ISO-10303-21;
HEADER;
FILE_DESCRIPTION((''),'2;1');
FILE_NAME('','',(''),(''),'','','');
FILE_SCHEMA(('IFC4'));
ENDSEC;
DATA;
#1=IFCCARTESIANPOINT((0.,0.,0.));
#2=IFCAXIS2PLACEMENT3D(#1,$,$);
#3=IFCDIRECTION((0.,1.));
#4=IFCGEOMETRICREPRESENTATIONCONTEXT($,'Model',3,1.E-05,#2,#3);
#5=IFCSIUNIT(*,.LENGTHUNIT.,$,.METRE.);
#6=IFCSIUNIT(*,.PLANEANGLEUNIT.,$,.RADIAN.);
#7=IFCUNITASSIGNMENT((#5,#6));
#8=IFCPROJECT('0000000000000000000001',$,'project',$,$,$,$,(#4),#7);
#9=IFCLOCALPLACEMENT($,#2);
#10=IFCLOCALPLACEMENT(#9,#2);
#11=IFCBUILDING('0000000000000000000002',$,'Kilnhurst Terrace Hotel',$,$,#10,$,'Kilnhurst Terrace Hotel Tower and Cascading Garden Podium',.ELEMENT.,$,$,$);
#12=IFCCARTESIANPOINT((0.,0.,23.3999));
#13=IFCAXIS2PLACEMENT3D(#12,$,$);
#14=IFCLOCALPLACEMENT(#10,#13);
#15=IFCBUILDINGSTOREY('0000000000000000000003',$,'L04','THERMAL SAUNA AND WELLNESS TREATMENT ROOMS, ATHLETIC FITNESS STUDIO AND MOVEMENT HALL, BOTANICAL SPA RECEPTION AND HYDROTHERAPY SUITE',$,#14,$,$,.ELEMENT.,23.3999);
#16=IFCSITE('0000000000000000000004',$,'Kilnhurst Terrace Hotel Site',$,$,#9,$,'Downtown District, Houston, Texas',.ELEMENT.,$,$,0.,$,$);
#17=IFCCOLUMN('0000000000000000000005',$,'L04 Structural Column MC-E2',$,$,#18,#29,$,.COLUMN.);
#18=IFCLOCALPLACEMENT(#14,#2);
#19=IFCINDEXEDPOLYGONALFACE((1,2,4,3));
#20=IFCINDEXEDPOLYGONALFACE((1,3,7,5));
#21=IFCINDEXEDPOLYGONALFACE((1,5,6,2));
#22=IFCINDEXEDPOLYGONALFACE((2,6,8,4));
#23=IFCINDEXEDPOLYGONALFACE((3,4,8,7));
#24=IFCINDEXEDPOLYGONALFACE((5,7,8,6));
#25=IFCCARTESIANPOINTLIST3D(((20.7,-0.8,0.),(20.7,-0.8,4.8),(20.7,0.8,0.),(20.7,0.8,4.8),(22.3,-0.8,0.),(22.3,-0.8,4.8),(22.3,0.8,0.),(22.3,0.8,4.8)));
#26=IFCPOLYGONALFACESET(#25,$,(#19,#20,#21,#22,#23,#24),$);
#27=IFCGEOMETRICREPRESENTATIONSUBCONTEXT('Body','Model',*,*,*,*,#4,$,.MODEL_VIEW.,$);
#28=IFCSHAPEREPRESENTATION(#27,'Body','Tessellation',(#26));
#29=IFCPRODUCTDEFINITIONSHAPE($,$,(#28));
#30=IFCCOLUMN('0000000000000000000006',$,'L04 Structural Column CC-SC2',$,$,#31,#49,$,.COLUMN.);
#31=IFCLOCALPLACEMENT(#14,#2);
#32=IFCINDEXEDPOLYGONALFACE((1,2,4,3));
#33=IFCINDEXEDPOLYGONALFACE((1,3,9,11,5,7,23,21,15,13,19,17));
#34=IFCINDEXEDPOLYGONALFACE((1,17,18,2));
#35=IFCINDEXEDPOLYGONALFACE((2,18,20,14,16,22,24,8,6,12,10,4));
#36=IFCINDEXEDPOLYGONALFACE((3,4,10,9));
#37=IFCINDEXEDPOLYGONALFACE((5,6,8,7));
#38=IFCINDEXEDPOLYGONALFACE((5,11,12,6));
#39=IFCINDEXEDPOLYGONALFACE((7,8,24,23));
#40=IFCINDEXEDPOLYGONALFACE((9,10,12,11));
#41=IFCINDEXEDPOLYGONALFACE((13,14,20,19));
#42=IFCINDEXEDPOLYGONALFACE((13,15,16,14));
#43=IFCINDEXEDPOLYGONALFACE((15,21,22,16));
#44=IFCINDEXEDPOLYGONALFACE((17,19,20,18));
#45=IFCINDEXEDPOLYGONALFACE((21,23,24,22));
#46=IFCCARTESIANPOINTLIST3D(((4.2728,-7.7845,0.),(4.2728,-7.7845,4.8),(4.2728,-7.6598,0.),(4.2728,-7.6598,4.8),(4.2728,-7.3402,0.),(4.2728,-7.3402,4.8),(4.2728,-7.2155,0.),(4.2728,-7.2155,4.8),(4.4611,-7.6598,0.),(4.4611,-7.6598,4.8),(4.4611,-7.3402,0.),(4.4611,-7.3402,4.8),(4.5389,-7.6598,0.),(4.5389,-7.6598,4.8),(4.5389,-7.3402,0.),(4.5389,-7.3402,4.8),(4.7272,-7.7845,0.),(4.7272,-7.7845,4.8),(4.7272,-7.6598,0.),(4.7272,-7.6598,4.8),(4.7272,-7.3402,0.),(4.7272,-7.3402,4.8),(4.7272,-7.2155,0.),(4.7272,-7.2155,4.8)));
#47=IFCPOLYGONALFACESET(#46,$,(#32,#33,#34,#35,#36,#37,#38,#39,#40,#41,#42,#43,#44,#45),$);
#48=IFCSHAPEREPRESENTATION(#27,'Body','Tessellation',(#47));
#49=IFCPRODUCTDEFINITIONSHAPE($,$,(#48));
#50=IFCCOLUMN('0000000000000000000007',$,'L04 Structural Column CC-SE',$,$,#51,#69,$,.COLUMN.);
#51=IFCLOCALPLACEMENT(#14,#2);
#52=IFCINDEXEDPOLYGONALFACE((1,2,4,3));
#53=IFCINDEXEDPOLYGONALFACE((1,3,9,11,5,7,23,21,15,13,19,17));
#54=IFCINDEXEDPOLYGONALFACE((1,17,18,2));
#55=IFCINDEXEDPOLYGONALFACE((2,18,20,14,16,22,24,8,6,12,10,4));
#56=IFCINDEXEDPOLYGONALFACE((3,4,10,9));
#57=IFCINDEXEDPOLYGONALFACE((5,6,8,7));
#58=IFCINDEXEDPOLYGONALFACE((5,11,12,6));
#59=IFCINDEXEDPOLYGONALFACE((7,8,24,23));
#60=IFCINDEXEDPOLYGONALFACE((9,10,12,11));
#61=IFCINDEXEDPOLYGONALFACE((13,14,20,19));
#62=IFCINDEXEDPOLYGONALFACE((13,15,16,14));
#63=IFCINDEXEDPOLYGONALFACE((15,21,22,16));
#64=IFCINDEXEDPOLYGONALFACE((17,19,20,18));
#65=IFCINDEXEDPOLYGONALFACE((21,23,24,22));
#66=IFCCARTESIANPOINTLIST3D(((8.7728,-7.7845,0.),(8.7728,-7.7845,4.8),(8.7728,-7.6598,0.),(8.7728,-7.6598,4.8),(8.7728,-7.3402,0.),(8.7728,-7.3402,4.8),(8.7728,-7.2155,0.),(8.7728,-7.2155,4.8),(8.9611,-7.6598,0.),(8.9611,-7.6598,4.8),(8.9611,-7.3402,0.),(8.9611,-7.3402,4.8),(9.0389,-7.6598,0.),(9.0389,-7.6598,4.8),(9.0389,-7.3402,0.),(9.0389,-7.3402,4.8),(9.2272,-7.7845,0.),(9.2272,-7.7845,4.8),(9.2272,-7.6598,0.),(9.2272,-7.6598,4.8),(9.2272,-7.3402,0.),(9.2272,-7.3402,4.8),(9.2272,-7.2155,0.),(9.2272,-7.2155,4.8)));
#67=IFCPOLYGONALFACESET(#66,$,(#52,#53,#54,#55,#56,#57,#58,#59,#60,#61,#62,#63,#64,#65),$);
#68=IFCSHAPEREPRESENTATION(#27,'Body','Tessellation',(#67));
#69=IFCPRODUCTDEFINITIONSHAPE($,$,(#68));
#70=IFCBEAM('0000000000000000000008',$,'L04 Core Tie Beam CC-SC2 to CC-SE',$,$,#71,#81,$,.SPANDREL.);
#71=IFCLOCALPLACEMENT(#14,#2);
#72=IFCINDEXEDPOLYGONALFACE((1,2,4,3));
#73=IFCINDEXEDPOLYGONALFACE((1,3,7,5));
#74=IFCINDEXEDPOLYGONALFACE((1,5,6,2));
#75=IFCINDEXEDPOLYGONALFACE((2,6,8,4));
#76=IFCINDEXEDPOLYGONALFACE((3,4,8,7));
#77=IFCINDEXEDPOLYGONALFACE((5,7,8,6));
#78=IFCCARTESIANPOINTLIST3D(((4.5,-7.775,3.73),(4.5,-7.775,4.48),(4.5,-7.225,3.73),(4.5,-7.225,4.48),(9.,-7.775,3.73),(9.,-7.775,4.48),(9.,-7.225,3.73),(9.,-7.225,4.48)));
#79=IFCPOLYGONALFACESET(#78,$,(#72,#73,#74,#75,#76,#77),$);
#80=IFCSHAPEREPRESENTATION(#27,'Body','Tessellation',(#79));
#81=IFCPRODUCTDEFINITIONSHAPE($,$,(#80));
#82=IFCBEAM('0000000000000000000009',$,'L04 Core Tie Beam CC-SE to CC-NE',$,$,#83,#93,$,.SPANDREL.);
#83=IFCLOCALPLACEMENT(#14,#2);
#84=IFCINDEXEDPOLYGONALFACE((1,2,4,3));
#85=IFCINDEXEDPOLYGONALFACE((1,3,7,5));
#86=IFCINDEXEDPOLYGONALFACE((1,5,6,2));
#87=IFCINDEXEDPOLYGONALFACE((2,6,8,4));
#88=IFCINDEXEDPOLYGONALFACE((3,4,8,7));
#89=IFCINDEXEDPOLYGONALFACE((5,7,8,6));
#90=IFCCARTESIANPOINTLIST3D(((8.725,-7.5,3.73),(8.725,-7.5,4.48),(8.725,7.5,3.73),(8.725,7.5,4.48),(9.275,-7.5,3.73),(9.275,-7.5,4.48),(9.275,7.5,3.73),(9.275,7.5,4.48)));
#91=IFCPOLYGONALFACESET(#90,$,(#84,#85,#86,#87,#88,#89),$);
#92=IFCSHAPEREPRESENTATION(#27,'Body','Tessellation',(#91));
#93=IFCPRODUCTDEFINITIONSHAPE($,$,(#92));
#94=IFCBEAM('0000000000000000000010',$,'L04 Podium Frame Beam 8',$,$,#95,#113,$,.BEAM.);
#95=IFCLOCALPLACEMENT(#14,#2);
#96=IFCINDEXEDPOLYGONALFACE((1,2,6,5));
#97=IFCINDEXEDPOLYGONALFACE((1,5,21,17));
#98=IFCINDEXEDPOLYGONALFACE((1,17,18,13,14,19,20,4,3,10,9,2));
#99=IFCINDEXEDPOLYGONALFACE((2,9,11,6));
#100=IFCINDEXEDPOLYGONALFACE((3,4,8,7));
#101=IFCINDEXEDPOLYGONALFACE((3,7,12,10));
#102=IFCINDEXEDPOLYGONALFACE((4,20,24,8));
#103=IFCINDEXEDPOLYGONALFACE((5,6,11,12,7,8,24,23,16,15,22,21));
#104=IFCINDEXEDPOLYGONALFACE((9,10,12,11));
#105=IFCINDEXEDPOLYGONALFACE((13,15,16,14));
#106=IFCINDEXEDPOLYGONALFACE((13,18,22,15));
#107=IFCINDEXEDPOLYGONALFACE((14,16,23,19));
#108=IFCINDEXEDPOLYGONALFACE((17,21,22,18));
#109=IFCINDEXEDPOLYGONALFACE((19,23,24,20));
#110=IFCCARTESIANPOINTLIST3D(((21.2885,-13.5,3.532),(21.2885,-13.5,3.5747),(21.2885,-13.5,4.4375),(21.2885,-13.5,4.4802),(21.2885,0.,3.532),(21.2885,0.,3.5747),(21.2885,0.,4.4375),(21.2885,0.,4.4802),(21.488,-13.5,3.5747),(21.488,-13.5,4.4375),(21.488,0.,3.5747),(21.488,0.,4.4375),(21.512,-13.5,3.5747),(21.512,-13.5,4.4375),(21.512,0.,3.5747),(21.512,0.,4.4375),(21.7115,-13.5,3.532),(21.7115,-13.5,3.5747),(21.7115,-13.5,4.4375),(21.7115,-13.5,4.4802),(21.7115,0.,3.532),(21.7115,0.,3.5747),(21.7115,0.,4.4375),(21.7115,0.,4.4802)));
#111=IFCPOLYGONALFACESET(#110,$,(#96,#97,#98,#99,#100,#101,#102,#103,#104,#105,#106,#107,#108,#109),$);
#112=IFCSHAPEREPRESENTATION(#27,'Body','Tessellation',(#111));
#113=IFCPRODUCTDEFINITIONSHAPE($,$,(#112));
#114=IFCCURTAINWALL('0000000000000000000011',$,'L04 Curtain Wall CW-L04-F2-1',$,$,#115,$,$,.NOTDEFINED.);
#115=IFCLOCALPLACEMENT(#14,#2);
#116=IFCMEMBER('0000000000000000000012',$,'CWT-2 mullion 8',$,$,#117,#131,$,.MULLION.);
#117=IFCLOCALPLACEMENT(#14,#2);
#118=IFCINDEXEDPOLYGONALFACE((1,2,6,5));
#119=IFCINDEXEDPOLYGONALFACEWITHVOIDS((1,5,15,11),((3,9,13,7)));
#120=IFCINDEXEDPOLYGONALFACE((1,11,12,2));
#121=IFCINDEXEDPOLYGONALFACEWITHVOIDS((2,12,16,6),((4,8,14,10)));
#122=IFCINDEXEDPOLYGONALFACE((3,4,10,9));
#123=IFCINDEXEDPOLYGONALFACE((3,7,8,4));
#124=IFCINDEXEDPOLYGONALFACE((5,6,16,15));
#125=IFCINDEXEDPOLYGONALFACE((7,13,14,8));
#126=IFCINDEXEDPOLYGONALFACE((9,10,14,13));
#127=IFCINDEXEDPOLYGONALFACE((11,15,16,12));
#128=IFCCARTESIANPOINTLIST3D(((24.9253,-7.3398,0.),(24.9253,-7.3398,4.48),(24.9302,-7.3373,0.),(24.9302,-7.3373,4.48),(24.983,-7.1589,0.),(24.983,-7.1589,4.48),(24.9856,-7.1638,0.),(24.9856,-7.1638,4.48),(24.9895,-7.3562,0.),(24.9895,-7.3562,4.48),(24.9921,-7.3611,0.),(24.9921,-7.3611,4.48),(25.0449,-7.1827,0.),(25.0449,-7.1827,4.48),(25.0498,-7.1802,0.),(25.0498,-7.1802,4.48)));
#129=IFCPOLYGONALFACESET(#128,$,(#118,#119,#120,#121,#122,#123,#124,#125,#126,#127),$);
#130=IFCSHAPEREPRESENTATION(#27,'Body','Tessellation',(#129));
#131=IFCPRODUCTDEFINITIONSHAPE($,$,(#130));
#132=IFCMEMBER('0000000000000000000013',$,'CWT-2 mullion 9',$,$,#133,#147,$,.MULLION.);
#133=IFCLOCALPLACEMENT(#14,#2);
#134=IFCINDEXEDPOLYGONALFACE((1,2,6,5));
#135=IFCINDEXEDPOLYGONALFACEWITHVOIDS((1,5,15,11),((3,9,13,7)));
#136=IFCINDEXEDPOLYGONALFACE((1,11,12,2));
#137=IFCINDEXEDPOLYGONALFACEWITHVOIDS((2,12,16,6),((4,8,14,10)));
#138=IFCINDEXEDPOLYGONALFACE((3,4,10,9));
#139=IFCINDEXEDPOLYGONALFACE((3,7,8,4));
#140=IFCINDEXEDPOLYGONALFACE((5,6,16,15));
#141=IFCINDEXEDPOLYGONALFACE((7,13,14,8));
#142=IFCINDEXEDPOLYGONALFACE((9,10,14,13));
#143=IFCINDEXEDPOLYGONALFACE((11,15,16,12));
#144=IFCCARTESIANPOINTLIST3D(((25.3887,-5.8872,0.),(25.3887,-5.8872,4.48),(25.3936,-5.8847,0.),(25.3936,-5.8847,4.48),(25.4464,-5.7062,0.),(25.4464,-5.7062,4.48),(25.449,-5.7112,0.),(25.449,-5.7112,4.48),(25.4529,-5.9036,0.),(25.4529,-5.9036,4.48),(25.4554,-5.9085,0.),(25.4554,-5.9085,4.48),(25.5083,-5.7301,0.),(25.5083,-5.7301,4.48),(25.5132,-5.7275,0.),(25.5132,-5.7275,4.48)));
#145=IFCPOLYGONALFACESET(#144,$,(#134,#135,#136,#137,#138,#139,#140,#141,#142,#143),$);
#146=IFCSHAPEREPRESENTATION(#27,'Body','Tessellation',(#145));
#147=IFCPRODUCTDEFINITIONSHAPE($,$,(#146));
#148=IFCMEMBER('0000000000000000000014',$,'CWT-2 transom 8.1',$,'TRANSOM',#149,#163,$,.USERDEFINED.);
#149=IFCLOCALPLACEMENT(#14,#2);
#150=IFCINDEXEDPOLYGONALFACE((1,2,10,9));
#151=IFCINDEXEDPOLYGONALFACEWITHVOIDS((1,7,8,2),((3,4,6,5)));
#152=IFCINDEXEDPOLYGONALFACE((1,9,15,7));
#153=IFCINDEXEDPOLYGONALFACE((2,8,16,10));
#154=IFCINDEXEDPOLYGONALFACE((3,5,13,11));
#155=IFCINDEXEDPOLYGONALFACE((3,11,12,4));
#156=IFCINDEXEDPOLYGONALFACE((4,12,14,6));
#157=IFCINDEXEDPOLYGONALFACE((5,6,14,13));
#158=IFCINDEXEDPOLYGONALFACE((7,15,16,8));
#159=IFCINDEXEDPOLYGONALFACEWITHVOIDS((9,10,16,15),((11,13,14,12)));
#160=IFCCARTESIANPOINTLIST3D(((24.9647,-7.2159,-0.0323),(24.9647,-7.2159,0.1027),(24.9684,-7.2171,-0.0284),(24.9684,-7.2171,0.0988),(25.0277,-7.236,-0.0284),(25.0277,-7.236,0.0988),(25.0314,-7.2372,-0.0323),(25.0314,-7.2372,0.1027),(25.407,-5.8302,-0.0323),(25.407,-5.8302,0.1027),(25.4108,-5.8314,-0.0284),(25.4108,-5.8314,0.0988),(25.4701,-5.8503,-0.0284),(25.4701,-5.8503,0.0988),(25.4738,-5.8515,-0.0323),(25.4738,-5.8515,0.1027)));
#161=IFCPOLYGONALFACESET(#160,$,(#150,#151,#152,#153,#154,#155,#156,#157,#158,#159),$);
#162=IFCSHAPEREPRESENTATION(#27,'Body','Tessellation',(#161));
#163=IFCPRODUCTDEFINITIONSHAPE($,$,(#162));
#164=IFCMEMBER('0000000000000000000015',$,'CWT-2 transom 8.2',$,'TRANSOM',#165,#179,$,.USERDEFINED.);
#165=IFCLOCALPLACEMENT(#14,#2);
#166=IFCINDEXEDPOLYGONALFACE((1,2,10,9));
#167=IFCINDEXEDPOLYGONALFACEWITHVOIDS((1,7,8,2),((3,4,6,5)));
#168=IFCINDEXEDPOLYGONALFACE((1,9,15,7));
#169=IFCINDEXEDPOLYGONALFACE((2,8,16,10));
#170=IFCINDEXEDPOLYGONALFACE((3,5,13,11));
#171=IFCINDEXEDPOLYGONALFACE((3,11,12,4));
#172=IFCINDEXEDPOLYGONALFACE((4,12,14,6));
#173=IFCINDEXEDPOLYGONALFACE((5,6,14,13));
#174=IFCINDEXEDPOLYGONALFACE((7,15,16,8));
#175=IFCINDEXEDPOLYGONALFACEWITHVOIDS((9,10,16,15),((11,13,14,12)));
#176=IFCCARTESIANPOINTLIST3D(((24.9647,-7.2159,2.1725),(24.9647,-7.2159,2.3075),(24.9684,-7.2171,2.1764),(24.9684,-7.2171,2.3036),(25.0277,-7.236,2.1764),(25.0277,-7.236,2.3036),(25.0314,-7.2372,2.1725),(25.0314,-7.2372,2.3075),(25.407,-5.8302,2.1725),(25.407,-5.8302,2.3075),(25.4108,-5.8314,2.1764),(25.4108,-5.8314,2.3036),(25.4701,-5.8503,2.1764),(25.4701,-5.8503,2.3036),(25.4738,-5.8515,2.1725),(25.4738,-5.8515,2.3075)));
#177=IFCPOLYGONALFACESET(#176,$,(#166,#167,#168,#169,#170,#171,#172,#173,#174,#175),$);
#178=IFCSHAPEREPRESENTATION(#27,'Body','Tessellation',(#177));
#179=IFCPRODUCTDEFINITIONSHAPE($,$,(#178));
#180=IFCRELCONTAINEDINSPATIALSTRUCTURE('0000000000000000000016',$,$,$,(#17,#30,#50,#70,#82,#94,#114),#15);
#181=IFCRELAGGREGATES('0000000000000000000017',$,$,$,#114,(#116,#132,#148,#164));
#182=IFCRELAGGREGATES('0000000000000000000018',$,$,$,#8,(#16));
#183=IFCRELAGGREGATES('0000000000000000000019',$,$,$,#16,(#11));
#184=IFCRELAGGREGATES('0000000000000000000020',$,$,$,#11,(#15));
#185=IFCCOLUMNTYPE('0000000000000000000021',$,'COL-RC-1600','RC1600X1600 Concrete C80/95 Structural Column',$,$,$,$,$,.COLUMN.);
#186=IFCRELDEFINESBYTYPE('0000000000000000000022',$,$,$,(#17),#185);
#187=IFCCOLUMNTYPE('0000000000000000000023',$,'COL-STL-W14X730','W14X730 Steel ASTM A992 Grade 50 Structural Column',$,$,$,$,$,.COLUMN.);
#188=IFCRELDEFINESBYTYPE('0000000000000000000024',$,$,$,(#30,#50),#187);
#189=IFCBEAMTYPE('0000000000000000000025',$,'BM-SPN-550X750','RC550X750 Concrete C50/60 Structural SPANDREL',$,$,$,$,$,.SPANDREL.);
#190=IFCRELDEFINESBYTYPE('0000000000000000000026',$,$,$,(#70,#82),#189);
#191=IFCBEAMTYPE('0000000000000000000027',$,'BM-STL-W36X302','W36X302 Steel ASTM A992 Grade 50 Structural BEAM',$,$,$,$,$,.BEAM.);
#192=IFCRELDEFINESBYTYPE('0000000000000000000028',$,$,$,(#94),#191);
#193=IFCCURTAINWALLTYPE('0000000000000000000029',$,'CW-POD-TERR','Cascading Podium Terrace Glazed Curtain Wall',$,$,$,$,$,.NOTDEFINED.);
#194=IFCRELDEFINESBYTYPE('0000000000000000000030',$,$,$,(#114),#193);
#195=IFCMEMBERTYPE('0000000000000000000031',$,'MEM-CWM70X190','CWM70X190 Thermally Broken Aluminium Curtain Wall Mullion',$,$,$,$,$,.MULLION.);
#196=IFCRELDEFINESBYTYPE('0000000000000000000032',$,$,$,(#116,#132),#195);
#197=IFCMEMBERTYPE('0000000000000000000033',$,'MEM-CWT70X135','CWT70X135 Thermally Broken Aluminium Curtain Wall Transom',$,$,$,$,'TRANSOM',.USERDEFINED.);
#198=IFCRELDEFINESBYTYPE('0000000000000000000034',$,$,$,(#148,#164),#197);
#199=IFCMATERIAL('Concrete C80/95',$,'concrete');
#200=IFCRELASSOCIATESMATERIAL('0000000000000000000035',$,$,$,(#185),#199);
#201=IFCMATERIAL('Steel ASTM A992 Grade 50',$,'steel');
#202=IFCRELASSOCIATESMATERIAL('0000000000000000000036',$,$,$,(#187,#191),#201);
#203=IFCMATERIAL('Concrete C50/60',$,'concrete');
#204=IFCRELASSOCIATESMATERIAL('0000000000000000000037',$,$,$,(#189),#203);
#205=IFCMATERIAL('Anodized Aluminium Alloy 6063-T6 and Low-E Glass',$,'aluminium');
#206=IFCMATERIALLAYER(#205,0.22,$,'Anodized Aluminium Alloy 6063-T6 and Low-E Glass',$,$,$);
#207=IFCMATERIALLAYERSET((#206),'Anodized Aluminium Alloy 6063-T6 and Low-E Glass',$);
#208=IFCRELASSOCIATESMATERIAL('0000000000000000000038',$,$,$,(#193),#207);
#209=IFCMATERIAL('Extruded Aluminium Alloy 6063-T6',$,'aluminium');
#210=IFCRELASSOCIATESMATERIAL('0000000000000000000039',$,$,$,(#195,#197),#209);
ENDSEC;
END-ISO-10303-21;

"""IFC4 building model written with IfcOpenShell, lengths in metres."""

from ifc_helpers import new_model, si_unit, direction, frame, origin, origin_2d, place, context, subcontext, project, spatial, rectangle, hollow_rectangle, i_section, extrude, material, layer, layer_set, material_profile, profile_set, type_object, element, aggregate, save


model = new_model("IFC4")

# Units and contexts
model_context = context("Model", 3, precision=1e-05, world=origin(), true_north=direction((0.0, 1.0)))
body_context = subcontext(model_context, "Body", "Model", "MODEL_VIEW")
ifc_project = project(units=[si_unit("LENGTHUNIT", "METRE"), si_unit("PLANEANGLEUNIT", "RADIAN")], contexts=[model_context])

# Site, building, storey
site_placement = place(None, origin())
site = spatial("IfcSite", under=ifc_project, at=site_placement, Name="Kilnhurst Terrace Hotel Site", LongName="Downtown District, Houston, Texas", CompositionType="ELEMENT", RefElevation=0.0)
building_placement = place(site_placement, origin())
building = spatial("IfcBuilding", under=site, at=building_placement, Name="Kilnhurst Terrace Hotel", LongName="Kilnhurst Terrace Hotel Tower and Cascading Garden Podium", CompositionType="ELEMENT")
storey_placement = place(building_placement, frame((0.0, 0.0, 23.3999)))
storey = spatial("IfcBuildingStorey", under=building, at=storey_placement, Name="L04", Description="THERMAL SAUNA AND WELLNESS TREATMENT ROOMS, ATHLETIC FITNESS STUDIO AND MOVEMENT HALL, BOTANICAL SPA RECEPTION AND HYDROTHERAPY SUITE", CompositionType="ELEMENT", Elevation=23.3999)

# Columns
ifc_material_1 = material(Name="Concrete C80/95", Category="concrete")
ifc_material_profile_1 = material_profile(ifc_material_1, rectangle(XDim=1.6001, YDim=1.6001, at=origin_2d()), Name="RC1600X1600")
ifc_profile_set_1 = profile_set([ifc_material_profile_1], Name="Concrete C80/95")
column_type_1 = type_object("IfcColumnType", Name="COL-RC-1600", Description="RC1600X1600 Concrete C80/95 Structural Column", PredefinedType="COLUMN", material=ifc_profile_set_1)
column_placement = place(storey_placement, frame((21.5, 0.0, 0.0), z_axis=(0.0, 0.0, 1.0), x_axis=(1.0, 0.0, 0.0)))
element("IfcColumn", 1, at=column_placement, inside=storey, type_object=column_type_1, Name="L04 Structural Column MC-E2", PredefinedType="COLUMN", context=body_context, shape_type="SweptSolid", body=[
    extrude(rectangle(XDim=1.6001, YDim=1.6001, at=origin_2d()), origin(), (0.0, 0.0, 1.0), 4.8),
])
ifc_material_2 = material(Name="Steel ASTM A992 Grade 50", Category="steel")
ifc_material_profile_2 = material_profile(ifc_material_2, i_section(OverallWidth=0.4543, OverallDepth=0.5691, WebThickness=0.0779, FlangeThickness=0.1248, at=origin_2d()), Name="W14X730")
ifc_profile_set_2 = profile_set([ifc_material_profile_2], Name="Steel ASTM A992 Grade 50")
column_type_2 = type_object("IfcColumnType", Name="COL-STL-W14X730", Description="W14X730 Steel ASTM A992 Grade 50 Structural Column", PredefinedType="COLUMN", material=ifc_profile_set_2)
for number, where, z_axis, x_axis, name in (
    (2, (4.5, -7.5, 0.0), (0.0, 0.0, 1.0), (1.0, 0.0, 0.0), "L04 Structural Column CC-SC2"),
    (3, (9.0, -7.5, 0.0), (0.0, 0.0, 1.0), (1.0, 0.0, 0.0), "L04 Structural Column CC-SE"),
):
    element("IfcColumn", number, at=place(storey_placement, frame(where, z_axis=z_axis, x_axis=x_axis)), inside=storey, type_object=column_type_2, Name=name, PredefinedType="COLUMN", context=body_context, shape_type="SweptSolid", body=[
        extrude(i_section(OverallWidth=0.4543, OverallDepth=0.5691, WebThickness=0.0779, FlangeThickness=0.1248, at=origin_2d()), origin(), (0.0, 0.0, 1.0), 4.8),
    ])

# Beams
ifc_material_3 = material(Name="Concrete C50/60", Category="concrete")
ifc_material_profile_3 = material_profile(ifc_material_3, rectangle(XDim=0.55, YDim=0.75, at=origin_2d()), Name="RC550X750")
ifc_profile_set_3 = profile_set([ifc_material_profile_3], Name="Concrete C50/60")
beam_type_1 = type_object("IfcBeamType", Name="BM-SPN-550X750", Description="RC550X750 Concrete C50/60 Structural SPANDREL", PredefinedType="SPANDREL", material=ifc_profile_set_3)
beam_1_placement = place(storey_placement, frame((4.5, -7.5, 4.105), z_axis=(1.0, 0.0, 0.0), x_axis=(0.0, 1.0, 0.0)))
element("IfcBeam", 4, at=beam_1_placement, inside=storey, type_object=beam_type_1, Name="L04 Core Tie Beam CC-SC2 to CC-SE", PredefinedType="SPANDREL", context=body_context, shape_type="SweptSolid", body=[
    extrude(rectangle(XDim=0.55, YDim=0.75, at=origin_2d()), origin(), (0.0, 0.0, 1.0), 4.5),
])
beam_2_placement = place(storey_placement, frame((9.0, -7.5, 4.105), z_axis=(0.0, 1.0, 0.0), x_axis=(-1.0, 0.0, 0.0)))
element("IfcBeam", 5, at=beam_2_placement, inside=storey, type_object=beam_type_1, Name="L04 Core Tie Beam CC-SE to CC-NE", PredefinedType="SPANDREL", context=body_context, shape_type="SweptSolid", body=[
    extrude(rectangle(XDim=0.55, YDim=0.75, at=origin_2d()), origin(), (0.0, 0.0, 1.0), 15.0),
])
ifc_material_profile_4 = material_profile(ifc_material_2, i_section(OverallWidth=0.4231, OverallDepth=0.9482, WebThickness=0.0239, FlangeThickness=0.0427, at=origin_2d()), Name="W36X302")
ifc_profile_set_4 = profile_set([ifc_material_profile_4], Name="Steel ASTM A992 Grade 50")
beam_type_2 = type_object("IfcBeamType", Name="BM-STL-W36X302", Description="W36X302 Steel ASTM A992 Grade 50 Structural BEAM", PredefinedType="BEAM", material=ifc_profile_set_4)
beam_3_placement = place(storey_placement, frame((21.5, 0.0, 4.0061), z_axis=(0.0, -1.0, 0.0), x_axis=(1.0, 0.0, 0.0)))
element("IfcBeam", 6, at=beam_3_placement, inside=storey, type_object=beam_type_2, Name="L04 Podium Frame Beam 8", PredefinedType="BEAM", context=body_context, shape_type="SweptSolid", body=[
    extrude(i_section(OverallWidth=0.4231, OverallDepth=0.9482, WebThickness=0.0239, FlangeThickness=0.0427, at=origin_2d()), origin(), (0.0, 0.0, 1.0), 13.5),
])

# Curtain wall, members
ifc_material_4 = material(Name="Anodized Aluminium Alloy 6063-T6 and Low-E Glass", Category="aluminium")
ifc_layer_1 = layer(ifc_material_4, 0.22, Name="Anodized Aluminium Alloy 6063-T6 and Low-E Glass")
ifc_layer_set_1 = layer_set([ifc_layer_1], Name="Anodized Aluminium Alloy 6063-T6 and Low-E Glass")
curtain_wall_type = type_object("IfcCurtainWallType", Name="CW-POD-TERR", Description="Cascading Podium Terrace Glazed Curtain Wall", PredefinedType="NOTDEFINED", material=ifc_layer_set_1)
curtain_wall_placement = place(storey_placement, origin())
curtain_wall = element("IfcCurtainWall", 7, at=curtain_wall_placement, inside=storey, type_object=curtain_wall_type, Name="L04 Curtain Wall CW-L04-F2-1", PredefinedType="NOTDEFINED")
ifc_material_5 = material(Name="Extruded Aluminium Alloy 6063-T6", Category="aluminium")
ifc_material_profile_5 = material_profile(ifc_material_5, hollow_rectangle(XDim=0.0701, YDim=0.1899, WallThickness=0.0039, at=origin_2d()), Name="CWM70X190")
ifc_profile_set_5 = profile_set([ifc_material_profile_5], Name="Extruded Aluminium Alloy 6063-T6")
member_type_1 = type_object("IfcMemberType", Name="MEM-CWM70X190", Description="CWM70X190 Thermally Broken Aluminium Curtain Wall Mullion", PredefinedType="MULLION", material=ifc_profile_set_5)
member_1_placement = place(storey_placement, frame((24.9875, -7.26, 0.0), z_axis=(0.0, 0.0, 1.0), x_axis=(-0.952675, 0.303992, 0.0)))
member_1 = element("IfcMember", 8, at=member_1_placement, type_object=member_type_1, Name="CWT-2 mullion 8", PredefinedType="MULLION", context=body_context, shape_type="SweptSolid", body=[
    extrude(hollow_rectangle(XDim=0.0701, YDim=0.1899, WallThickness=0.0039, at=origin_2d()), origin(), (0.0, 0.0, 1.0), 4.48),
])
member_2_placement = place(storey_placement, frame((25.4509, -5.8074, 0.0), z_axis=(0.0, 0.0, 1.0), x_axis=(-0.952675, 0.303992, 0.0)))
member_2 = element("IfcMember", 9, at=member_2_placement, type_object=member_type_1, Name="CWT-2 mullion 9", PredefinedType="MULLION", context=body_context, shape_type="SweptSolid", body=[
    extrude(hollow_rectangle(XDim=0.0701, YDim=0.1899, WallThickness=0.0039, at=origin_2d()), origin(), (0.0, 0.0, 1.0), 4.48),
])
ifc_material_profile_6 = material_profile(ifc_material_5, hollow_rectangle(XDim=0.0701, YDim=0.135, WallThickness=0.0039, at=origin_2d()), Name="CWT70X135")
ifc_profile_set_6 = profile_set([ifc_material_profile_6], Name="Extruded Aluminium Alloy 6063-T6")
member_type_2 = type_object("IfcMemberType", Name="MEM-CWT70X135", Description="CWT70X135 Thermally Broken Aluminium Curtain Wall Transom", ElementType="TRANSOM", PredefinedType="USERDEFINED", material=ifc_profile_set_6)
member_3_placement = place(storey_placement, frame((24.998, -7.2266, 0.0352), z_axis=(0.304118, 0.952634, 0.0), x_axis=(-0.952634, 0.304118, 0.0)))
member_3 = element("IfcMember", 10, at=member_3_placement, type_object=member_type_2, Name="CWT-2 transom 8.1", ObjectType="TRANSOM", PredefinedType="USERDEFINED", context=body_context, shape_type="SweptSolid", body=[
    extrude(hollow_rectangle(XDim=0.0701, YDim=0.135, WallThickness=0.0039, at=origin_2d()), origin(), (0.0, 0.0, 1.0), 1.4546),
])
member_4_placement = place(storey_placement, frame((24.998, -7.2266, 2.24), z_axis=(0.304118, 0.952634, 0.0), x_axis=(-0.952634, 0.304118, 0.0)))
member_4 = element("IfcMember", 11, at=member_4_placement, type_object=member_type_2, Name="CWT-2 transom 8.2", ObjectType="TRANSOM", PredefinedType="USERDEFINED", context=body_context, shape_type="SweptSolid", body=[
    extrude(hollow_rectangle(XDim=0.0701, YDim=0.135, WallThickness=0.0039, at=origin_2d()), origin(), (0.0, 0.0, 1.0), 1.4546),
])
aggregate(curtain_wall, [member_1, member_2, member_3, member_4])

save(model, "model.ifc")
